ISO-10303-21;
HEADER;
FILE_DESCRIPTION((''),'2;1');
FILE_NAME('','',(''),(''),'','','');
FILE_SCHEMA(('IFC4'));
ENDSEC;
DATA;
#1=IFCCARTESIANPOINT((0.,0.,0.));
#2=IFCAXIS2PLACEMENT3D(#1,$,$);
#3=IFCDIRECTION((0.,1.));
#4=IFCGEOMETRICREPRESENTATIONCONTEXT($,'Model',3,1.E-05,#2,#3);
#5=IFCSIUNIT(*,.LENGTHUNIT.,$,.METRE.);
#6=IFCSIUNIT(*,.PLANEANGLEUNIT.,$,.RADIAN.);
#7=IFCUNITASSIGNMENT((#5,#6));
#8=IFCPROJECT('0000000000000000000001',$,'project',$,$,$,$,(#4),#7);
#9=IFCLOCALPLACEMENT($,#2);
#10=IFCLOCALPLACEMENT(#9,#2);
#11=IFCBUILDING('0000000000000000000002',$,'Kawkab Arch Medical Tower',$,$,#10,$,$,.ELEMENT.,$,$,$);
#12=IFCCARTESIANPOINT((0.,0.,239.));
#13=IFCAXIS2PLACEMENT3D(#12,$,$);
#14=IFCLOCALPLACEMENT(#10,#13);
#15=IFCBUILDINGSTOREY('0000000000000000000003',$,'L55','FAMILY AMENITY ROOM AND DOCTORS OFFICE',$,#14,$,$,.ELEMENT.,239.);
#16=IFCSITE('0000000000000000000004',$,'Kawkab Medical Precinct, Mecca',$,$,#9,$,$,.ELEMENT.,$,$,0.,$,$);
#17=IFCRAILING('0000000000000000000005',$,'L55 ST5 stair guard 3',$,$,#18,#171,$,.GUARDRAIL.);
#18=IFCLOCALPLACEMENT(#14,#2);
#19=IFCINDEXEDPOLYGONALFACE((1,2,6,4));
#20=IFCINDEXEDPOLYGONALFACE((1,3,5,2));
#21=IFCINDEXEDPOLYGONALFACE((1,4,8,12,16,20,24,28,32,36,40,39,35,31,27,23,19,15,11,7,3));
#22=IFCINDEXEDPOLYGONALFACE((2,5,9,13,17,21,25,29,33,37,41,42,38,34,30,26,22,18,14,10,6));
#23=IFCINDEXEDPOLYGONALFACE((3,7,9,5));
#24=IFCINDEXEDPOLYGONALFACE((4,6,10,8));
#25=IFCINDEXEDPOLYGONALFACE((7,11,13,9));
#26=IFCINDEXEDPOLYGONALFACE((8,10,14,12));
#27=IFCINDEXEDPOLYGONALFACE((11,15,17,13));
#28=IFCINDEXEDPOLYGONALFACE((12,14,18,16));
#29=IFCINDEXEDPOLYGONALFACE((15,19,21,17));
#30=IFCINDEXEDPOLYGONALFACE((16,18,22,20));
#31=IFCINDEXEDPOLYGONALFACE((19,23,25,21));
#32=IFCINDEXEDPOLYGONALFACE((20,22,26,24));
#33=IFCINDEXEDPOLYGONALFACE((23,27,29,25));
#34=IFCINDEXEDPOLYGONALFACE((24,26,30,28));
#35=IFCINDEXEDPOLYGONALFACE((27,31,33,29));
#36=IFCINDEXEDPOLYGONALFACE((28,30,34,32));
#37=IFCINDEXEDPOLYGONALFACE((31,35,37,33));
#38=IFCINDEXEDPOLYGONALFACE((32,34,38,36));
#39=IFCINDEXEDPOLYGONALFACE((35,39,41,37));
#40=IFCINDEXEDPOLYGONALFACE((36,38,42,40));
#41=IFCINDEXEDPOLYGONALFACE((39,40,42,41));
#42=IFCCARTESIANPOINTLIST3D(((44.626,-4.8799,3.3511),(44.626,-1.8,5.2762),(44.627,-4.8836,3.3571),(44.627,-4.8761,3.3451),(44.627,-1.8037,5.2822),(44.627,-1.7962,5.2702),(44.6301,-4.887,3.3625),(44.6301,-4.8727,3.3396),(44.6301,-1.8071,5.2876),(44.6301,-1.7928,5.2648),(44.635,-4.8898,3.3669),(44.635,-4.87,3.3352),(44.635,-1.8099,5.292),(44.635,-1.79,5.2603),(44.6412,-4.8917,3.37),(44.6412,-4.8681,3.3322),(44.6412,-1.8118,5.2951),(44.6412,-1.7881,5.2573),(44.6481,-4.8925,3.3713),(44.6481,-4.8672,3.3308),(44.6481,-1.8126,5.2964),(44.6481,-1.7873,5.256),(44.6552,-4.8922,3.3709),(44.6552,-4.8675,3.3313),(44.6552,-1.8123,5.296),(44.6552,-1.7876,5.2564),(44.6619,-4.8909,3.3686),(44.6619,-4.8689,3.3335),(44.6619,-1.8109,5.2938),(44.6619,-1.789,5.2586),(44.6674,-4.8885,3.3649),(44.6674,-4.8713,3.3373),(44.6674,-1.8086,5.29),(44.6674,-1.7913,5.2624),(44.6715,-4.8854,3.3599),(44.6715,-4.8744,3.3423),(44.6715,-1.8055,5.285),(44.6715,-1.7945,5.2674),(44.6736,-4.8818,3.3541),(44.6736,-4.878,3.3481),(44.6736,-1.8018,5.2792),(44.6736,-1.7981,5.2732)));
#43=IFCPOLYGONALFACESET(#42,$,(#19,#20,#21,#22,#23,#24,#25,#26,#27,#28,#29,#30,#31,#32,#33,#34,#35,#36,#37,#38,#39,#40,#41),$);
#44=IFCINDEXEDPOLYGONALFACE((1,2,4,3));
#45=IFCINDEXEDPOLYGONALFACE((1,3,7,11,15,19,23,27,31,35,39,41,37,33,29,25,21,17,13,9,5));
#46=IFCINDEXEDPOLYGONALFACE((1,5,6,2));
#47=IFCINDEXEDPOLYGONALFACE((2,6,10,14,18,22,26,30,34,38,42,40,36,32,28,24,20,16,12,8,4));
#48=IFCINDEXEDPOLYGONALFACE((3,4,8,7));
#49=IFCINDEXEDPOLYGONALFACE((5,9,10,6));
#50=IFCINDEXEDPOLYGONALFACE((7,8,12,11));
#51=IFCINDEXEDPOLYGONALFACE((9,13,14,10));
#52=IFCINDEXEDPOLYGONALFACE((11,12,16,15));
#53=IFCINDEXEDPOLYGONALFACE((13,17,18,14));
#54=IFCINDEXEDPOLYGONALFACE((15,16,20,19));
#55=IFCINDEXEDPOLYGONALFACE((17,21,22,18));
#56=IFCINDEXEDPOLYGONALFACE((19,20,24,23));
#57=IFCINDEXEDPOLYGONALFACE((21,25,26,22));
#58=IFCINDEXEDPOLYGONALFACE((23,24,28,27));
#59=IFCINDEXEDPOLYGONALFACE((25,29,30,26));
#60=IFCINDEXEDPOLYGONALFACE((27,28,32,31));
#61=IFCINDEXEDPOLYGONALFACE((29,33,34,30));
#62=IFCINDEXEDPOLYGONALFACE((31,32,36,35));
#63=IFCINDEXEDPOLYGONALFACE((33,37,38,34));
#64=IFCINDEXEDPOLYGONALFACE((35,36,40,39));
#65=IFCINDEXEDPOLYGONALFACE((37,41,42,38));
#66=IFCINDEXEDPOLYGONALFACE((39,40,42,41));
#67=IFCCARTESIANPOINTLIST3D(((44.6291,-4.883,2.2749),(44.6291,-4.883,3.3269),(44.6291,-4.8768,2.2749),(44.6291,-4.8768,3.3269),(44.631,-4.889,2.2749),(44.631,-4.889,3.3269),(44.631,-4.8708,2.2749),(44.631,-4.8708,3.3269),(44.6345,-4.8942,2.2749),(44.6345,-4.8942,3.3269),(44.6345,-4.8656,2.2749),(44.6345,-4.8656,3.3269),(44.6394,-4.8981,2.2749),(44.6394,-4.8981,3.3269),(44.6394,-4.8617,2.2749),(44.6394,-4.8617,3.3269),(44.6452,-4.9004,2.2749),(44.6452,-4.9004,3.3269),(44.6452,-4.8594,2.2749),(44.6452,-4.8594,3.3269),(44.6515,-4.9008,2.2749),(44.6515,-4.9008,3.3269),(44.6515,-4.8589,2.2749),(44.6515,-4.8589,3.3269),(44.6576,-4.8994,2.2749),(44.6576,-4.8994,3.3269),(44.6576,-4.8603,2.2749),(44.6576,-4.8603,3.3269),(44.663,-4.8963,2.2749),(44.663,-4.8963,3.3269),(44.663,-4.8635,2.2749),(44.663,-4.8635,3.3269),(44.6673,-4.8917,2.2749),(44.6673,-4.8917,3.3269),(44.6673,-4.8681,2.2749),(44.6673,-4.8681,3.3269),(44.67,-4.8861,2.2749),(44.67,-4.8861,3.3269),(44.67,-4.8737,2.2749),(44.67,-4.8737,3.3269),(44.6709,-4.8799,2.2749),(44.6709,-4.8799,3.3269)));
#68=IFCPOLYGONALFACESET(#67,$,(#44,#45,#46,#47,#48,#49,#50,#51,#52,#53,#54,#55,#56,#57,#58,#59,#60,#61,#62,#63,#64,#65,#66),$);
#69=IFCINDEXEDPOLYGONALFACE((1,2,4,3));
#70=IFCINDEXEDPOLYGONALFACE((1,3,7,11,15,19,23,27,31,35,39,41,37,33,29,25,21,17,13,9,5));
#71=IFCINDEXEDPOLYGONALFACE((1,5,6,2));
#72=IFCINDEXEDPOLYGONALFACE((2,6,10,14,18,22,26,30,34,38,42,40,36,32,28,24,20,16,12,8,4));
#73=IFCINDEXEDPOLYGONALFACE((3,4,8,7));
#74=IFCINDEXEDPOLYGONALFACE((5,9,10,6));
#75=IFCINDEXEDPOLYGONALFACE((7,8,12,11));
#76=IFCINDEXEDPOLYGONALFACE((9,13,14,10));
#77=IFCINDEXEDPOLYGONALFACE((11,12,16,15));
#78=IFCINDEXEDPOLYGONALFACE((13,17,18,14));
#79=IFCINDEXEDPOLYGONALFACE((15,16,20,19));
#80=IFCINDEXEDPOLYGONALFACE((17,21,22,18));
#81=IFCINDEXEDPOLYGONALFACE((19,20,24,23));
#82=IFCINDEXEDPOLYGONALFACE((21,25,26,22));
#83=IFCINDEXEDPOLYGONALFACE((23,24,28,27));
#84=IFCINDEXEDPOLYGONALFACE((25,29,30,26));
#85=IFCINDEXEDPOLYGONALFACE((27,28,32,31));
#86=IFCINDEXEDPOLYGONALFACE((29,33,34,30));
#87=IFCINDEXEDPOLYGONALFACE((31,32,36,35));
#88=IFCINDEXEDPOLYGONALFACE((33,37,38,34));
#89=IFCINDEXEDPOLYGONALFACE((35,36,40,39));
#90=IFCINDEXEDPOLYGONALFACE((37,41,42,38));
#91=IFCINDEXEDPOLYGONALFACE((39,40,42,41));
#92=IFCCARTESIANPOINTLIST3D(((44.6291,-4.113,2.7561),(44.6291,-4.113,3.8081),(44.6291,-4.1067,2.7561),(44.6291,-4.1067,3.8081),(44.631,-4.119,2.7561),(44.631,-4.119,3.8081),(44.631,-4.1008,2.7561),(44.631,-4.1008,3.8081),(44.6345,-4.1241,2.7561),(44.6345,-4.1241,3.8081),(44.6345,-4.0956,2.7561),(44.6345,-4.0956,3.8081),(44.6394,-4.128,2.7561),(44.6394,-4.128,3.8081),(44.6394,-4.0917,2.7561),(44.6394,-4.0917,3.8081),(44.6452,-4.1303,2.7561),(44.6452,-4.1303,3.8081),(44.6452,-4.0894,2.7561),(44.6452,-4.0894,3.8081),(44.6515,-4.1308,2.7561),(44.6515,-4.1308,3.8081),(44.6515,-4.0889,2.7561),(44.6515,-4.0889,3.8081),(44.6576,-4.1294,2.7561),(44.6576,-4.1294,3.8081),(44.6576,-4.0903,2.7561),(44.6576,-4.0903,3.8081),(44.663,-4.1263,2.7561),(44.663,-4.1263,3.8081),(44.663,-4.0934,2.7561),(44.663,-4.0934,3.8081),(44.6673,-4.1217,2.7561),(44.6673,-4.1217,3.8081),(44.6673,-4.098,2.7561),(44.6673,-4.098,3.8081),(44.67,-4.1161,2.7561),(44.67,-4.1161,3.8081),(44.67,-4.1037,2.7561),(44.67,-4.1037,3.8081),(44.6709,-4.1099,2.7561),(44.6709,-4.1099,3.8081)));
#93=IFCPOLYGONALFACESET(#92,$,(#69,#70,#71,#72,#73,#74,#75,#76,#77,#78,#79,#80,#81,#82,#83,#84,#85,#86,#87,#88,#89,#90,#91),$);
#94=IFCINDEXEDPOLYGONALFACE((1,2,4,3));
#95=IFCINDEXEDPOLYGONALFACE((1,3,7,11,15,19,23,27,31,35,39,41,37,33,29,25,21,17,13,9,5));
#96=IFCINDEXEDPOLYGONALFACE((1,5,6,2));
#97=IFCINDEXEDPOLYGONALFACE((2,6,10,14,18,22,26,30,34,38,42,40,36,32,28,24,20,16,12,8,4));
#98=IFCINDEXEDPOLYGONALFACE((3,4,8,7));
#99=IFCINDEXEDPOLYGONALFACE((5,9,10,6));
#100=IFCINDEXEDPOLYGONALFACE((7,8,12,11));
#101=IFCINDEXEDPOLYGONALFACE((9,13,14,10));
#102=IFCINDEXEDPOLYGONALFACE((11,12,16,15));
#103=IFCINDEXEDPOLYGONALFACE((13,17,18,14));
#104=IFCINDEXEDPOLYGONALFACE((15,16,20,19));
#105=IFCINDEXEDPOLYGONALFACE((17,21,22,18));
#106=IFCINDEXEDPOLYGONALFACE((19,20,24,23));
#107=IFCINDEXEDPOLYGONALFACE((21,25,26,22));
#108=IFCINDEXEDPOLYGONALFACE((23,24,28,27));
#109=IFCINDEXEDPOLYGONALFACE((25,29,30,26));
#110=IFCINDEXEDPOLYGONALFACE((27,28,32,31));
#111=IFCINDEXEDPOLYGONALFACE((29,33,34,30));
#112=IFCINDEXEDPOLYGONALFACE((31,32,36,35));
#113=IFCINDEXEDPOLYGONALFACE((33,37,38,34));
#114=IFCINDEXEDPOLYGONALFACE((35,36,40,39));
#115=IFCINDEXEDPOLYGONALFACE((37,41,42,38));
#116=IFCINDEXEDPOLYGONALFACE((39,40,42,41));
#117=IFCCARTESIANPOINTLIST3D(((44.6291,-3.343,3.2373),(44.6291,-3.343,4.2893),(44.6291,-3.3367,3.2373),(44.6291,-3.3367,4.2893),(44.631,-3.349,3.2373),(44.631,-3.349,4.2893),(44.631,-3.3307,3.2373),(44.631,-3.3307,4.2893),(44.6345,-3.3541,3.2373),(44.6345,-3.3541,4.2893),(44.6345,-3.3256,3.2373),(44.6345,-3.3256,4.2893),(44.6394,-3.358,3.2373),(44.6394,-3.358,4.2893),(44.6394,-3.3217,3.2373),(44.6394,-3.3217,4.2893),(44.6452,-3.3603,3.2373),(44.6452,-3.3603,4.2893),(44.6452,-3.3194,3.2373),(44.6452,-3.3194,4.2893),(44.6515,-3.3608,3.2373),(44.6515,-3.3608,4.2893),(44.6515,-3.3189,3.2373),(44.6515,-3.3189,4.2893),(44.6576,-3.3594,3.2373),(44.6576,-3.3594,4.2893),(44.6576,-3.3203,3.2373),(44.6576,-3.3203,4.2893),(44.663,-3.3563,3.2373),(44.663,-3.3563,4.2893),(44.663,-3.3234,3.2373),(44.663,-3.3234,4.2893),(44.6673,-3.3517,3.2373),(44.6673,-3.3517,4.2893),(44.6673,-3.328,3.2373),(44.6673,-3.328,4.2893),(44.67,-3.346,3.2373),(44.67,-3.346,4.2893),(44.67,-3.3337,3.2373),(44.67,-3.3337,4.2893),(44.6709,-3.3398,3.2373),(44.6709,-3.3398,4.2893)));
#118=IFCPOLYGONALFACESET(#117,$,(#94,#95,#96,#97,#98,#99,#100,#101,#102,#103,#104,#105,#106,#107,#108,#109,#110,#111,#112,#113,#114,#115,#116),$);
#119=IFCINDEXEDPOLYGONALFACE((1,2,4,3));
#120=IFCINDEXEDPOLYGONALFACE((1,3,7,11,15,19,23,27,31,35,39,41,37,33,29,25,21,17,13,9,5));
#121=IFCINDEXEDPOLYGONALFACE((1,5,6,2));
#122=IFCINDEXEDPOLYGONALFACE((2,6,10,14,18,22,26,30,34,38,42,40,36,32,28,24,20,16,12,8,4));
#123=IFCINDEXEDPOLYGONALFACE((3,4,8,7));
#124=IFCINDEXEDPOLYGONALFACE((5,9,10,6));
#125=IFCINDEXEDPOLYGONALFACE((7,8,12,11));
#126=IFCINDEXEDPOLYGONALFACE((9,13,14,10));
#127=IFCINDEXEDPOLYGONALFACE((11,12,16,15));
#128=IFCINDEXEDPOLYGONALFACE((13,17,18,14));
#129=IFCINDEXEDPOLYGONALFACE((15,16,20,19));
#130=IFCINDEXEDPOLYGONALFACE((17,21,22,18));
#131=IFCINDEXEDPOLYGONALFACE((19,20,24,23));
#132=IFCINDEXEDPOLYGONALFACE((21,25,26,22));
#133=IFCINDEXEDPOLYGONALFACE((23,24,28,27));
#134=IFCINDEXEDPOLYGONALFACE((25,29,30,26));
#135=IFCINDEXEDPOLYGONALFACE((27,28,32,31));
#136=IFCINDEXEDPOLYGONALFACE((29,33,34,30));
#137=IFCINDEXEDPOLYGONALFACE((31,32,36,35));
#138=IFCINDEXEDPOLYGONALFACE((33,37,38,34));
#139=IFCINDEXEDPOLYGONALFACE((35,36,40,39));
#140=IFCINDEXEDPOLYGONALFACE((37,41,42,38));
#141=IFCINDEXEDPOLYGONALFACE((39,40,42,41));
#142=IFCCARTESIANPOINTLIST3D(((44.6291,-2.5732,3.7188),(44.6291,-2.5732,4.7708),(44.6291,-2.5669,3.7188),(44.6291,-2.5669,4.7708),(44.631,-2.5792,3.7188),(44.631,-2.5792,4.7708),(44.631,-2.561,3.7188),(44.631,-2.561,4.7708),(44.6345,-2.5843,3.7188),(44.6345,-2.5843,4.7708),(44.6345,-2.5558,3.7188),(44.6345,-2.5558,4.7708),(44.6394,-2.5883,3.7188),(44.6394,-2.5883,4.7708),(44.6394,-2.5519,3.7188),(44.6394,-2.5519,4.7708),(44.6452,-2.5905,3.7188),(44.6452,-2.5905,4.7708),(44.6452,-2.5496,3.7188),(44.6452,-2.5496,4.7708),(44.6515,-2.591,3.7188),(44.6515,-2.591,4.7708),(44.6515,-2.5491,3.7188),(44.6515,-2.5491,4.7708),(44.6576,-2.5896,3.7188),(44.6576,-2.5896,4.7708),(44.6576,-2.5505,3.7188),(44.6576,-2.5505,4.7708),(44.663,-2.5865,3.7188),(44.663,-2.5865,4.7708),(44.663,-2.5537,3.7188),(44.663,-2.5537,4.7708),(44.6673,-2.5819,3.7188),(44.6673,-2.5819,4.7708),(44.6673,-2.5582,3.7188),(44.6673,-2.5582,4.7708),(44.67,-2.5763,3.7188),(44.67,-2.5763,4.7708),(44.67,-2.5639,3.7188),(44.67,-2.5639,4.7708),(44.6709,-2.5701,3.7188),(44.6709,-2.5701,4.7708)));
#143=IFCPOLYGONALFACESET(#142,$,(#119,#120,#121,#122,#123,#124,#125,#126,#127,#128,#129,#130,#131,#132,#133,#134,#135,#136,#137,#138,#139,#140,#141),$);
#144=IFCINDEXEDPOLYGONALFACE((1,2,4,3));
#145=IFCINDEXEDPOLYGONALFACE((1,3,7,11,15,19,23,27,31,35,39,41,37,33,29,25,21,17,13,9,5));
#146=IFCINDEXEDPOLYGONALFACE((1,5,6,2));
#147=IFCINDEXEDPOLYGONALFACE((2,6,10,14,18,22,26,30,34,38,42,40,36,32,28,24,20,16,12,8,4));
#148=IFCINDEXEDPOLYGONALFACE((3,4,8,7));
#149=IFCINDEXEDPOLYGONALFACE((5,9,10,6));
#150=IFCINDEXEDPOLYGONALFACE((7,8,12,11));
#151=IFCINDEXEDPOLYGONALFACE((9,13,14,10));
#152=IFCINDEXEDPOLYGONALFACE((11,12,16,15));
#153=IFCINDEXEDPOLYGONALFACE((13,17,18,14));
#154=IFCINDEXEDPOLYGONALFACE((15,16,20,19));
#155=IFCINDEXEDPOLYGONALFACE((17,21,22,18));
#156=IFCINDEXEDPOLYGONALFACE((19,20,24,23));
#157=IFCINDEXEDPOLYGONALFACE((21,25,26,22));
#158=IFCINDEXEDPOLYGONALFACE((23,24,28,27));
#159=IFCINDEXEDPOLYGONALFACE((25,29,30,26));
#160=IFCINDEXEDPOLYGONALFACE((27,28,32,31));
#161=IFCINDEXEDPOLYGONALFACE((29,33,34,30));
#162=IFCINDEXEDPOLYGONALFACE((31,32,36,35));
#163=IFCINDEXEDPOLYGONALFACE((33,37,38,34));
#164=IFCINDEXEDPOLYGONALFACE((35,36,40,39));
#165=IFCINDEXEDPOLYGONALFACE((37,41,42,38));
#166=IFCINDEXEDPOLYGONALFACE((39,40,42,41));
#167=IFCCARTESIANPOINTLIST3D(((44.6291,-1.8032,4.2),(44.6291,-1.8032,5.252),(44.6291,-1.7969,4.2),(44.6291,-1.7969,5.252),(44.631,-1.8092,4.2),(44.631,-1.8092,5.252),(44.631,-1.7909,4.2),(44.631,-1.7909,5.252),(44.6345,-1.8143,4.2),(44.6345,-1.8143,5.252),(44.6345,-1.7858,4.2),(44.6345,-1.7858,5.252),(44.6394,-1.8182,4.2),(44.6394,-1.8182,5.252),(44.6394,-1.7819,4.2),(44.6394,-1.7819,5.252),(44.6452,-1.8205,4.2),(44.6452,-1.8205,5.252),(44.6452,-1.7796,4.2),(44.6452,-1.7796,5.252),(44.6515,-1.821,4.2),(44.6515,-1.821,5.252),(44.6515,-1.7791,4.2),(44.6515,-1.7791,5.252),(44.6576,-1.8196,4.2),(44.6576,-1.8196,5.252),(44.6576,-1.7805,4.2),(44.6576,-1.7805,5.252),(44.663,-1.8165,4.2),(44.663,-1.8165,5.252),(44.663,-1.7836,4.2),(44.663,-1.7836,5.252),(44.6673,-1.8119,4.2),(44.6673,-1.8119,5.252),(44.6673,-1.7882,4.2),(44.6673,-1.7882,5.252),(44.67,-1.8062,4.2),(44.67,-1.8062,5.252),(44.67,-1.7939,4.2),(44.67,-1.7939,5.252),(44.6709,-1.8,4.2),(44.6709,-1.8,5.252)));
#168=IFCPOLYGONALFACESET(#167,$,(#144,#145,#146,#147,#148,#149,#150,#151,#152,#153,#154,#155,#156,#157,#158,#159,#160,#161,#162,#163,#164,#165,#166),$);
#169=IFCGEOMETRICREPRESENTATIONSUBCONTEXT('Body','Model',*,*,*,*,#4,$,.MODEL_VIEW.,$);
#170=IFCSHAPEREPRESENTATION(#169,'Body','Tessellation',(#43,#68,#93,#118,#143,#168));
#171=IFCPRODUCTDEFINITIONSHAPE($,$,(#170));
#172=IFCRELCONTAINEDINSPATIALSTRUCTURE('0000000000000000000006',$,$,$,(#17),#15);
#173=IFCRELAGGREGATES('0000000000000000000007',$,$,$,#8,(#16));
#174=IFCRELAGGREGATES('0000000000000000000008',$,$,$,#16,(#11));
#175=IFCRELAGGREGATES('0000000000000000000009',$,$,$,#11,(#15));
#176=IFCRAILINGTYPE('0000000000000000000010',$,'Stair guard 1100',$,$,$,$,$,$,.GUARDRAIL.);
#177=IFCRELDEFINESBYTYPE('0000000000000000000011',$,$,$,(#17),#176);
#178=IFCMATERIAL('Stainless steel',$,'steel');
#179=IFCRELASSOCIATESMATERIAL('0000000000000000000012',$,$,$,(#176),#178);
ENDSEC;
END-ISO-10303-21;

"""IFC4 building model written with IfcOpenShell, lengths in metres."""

from ifc_helpers import new_model, si_unit, direction, frame, origin, origin_2d, place, context, subcontext, project, spatial, circle, extrude, material, type_object, element, save


model = new_model("IFC4")

# Units and contexts
model_context = context("Model", 3, precision=1e-05, world=origin(), true_north=direction((0.0, 1.0)))
body_context = subcontext(model_context, "Body", "Model", "MODEL_VIEW")
ifc_project = project(units=[si_unit("LENGTHUNIT", "METRE"), si_unit("PLANEANGLEUNIT", "RADIAN")], contexts=[model_context])

# Site, building, storey
site_placement = place(None, origin())
site = spatial("IfcSite", under=ifc_project, at=site_placement, Name="Kawkab Medical Precinct, Mecca", CompositionType="ELEMENT", RefElevation=0.0)
building_placement = place(site_placement, origin())
building = spatial("IfcBuilding", under=site, at=building_placement, Name="Kawkab Arch Medical Tower", CompositionType="ELEMENT")
storey_placement = place(building_placement, frame((0.0, 0.0, 239.0)))
storey = spatial("IfcBuildingStorey", under=building, at=storey_placement, Name="L55", Description="FAMILY AMENITY ROOM AND DOCTORS OFFICE", CompositionType="ELEMENT", Elevation=239.0)

# Railing
ifc_material_1 = material(Name="Stainless steel", Category="steel")
railing_type_1 = type_object("IfcRailingType", Name="Stair guard 1100", PredefinedType="GUARDRAIL", material=ifc_material_1)
railing_1_placement = place(storey_placement, frame((44.6499, -4.8799, 2.2749)))
element("IfcRailing", 1, at=railing_1_placement, inside=storey, type_object=railing_type_1, Name="L55 ST5 stair guard 3", PredefinedType="GUARDRAIL", context=body_context, shape_type="SweptSolid", body=[
    extrude(circle(Radius=0.0239, at=origin_2d()), frame((0.0, 0.0, 1.0762), z_axis=(0.0, 0.847979, 0.530029), x_axis=(-1.0, 0.0, 0.0)), (0.0, 0.0, 1.0), 3.6321),
    extrude(circle(Radius=0.021, at=origin_2d()), origin(), (0.0, 0.0, 1.0), 1.052),
    extrude(circle(Radius=0.021, at=origin_2d()), frame((0.0, 0.77, 0.4812)), (0.0, 0.0, 1.0), 1.052),
    extrude(circle(Radius=0.021, at=origin_2d()), frame((0.0, 1.54, 0.9624)), (0.0, 0.0, 1.0), 1.052),
    extrude(circle(Radius=0.021, at=origin_2d()), frame((0.0, 2.3098, 1.4438)), (0.0, 0.0, 1.0), 1.052),
    extrude(circle(Radius=0.021, at=origin_2d()), frame((0.0, 3.0798, 1.925)), (0.0, 0.0, 1.0), 1.052),
])

save(model, "model.ifc")
